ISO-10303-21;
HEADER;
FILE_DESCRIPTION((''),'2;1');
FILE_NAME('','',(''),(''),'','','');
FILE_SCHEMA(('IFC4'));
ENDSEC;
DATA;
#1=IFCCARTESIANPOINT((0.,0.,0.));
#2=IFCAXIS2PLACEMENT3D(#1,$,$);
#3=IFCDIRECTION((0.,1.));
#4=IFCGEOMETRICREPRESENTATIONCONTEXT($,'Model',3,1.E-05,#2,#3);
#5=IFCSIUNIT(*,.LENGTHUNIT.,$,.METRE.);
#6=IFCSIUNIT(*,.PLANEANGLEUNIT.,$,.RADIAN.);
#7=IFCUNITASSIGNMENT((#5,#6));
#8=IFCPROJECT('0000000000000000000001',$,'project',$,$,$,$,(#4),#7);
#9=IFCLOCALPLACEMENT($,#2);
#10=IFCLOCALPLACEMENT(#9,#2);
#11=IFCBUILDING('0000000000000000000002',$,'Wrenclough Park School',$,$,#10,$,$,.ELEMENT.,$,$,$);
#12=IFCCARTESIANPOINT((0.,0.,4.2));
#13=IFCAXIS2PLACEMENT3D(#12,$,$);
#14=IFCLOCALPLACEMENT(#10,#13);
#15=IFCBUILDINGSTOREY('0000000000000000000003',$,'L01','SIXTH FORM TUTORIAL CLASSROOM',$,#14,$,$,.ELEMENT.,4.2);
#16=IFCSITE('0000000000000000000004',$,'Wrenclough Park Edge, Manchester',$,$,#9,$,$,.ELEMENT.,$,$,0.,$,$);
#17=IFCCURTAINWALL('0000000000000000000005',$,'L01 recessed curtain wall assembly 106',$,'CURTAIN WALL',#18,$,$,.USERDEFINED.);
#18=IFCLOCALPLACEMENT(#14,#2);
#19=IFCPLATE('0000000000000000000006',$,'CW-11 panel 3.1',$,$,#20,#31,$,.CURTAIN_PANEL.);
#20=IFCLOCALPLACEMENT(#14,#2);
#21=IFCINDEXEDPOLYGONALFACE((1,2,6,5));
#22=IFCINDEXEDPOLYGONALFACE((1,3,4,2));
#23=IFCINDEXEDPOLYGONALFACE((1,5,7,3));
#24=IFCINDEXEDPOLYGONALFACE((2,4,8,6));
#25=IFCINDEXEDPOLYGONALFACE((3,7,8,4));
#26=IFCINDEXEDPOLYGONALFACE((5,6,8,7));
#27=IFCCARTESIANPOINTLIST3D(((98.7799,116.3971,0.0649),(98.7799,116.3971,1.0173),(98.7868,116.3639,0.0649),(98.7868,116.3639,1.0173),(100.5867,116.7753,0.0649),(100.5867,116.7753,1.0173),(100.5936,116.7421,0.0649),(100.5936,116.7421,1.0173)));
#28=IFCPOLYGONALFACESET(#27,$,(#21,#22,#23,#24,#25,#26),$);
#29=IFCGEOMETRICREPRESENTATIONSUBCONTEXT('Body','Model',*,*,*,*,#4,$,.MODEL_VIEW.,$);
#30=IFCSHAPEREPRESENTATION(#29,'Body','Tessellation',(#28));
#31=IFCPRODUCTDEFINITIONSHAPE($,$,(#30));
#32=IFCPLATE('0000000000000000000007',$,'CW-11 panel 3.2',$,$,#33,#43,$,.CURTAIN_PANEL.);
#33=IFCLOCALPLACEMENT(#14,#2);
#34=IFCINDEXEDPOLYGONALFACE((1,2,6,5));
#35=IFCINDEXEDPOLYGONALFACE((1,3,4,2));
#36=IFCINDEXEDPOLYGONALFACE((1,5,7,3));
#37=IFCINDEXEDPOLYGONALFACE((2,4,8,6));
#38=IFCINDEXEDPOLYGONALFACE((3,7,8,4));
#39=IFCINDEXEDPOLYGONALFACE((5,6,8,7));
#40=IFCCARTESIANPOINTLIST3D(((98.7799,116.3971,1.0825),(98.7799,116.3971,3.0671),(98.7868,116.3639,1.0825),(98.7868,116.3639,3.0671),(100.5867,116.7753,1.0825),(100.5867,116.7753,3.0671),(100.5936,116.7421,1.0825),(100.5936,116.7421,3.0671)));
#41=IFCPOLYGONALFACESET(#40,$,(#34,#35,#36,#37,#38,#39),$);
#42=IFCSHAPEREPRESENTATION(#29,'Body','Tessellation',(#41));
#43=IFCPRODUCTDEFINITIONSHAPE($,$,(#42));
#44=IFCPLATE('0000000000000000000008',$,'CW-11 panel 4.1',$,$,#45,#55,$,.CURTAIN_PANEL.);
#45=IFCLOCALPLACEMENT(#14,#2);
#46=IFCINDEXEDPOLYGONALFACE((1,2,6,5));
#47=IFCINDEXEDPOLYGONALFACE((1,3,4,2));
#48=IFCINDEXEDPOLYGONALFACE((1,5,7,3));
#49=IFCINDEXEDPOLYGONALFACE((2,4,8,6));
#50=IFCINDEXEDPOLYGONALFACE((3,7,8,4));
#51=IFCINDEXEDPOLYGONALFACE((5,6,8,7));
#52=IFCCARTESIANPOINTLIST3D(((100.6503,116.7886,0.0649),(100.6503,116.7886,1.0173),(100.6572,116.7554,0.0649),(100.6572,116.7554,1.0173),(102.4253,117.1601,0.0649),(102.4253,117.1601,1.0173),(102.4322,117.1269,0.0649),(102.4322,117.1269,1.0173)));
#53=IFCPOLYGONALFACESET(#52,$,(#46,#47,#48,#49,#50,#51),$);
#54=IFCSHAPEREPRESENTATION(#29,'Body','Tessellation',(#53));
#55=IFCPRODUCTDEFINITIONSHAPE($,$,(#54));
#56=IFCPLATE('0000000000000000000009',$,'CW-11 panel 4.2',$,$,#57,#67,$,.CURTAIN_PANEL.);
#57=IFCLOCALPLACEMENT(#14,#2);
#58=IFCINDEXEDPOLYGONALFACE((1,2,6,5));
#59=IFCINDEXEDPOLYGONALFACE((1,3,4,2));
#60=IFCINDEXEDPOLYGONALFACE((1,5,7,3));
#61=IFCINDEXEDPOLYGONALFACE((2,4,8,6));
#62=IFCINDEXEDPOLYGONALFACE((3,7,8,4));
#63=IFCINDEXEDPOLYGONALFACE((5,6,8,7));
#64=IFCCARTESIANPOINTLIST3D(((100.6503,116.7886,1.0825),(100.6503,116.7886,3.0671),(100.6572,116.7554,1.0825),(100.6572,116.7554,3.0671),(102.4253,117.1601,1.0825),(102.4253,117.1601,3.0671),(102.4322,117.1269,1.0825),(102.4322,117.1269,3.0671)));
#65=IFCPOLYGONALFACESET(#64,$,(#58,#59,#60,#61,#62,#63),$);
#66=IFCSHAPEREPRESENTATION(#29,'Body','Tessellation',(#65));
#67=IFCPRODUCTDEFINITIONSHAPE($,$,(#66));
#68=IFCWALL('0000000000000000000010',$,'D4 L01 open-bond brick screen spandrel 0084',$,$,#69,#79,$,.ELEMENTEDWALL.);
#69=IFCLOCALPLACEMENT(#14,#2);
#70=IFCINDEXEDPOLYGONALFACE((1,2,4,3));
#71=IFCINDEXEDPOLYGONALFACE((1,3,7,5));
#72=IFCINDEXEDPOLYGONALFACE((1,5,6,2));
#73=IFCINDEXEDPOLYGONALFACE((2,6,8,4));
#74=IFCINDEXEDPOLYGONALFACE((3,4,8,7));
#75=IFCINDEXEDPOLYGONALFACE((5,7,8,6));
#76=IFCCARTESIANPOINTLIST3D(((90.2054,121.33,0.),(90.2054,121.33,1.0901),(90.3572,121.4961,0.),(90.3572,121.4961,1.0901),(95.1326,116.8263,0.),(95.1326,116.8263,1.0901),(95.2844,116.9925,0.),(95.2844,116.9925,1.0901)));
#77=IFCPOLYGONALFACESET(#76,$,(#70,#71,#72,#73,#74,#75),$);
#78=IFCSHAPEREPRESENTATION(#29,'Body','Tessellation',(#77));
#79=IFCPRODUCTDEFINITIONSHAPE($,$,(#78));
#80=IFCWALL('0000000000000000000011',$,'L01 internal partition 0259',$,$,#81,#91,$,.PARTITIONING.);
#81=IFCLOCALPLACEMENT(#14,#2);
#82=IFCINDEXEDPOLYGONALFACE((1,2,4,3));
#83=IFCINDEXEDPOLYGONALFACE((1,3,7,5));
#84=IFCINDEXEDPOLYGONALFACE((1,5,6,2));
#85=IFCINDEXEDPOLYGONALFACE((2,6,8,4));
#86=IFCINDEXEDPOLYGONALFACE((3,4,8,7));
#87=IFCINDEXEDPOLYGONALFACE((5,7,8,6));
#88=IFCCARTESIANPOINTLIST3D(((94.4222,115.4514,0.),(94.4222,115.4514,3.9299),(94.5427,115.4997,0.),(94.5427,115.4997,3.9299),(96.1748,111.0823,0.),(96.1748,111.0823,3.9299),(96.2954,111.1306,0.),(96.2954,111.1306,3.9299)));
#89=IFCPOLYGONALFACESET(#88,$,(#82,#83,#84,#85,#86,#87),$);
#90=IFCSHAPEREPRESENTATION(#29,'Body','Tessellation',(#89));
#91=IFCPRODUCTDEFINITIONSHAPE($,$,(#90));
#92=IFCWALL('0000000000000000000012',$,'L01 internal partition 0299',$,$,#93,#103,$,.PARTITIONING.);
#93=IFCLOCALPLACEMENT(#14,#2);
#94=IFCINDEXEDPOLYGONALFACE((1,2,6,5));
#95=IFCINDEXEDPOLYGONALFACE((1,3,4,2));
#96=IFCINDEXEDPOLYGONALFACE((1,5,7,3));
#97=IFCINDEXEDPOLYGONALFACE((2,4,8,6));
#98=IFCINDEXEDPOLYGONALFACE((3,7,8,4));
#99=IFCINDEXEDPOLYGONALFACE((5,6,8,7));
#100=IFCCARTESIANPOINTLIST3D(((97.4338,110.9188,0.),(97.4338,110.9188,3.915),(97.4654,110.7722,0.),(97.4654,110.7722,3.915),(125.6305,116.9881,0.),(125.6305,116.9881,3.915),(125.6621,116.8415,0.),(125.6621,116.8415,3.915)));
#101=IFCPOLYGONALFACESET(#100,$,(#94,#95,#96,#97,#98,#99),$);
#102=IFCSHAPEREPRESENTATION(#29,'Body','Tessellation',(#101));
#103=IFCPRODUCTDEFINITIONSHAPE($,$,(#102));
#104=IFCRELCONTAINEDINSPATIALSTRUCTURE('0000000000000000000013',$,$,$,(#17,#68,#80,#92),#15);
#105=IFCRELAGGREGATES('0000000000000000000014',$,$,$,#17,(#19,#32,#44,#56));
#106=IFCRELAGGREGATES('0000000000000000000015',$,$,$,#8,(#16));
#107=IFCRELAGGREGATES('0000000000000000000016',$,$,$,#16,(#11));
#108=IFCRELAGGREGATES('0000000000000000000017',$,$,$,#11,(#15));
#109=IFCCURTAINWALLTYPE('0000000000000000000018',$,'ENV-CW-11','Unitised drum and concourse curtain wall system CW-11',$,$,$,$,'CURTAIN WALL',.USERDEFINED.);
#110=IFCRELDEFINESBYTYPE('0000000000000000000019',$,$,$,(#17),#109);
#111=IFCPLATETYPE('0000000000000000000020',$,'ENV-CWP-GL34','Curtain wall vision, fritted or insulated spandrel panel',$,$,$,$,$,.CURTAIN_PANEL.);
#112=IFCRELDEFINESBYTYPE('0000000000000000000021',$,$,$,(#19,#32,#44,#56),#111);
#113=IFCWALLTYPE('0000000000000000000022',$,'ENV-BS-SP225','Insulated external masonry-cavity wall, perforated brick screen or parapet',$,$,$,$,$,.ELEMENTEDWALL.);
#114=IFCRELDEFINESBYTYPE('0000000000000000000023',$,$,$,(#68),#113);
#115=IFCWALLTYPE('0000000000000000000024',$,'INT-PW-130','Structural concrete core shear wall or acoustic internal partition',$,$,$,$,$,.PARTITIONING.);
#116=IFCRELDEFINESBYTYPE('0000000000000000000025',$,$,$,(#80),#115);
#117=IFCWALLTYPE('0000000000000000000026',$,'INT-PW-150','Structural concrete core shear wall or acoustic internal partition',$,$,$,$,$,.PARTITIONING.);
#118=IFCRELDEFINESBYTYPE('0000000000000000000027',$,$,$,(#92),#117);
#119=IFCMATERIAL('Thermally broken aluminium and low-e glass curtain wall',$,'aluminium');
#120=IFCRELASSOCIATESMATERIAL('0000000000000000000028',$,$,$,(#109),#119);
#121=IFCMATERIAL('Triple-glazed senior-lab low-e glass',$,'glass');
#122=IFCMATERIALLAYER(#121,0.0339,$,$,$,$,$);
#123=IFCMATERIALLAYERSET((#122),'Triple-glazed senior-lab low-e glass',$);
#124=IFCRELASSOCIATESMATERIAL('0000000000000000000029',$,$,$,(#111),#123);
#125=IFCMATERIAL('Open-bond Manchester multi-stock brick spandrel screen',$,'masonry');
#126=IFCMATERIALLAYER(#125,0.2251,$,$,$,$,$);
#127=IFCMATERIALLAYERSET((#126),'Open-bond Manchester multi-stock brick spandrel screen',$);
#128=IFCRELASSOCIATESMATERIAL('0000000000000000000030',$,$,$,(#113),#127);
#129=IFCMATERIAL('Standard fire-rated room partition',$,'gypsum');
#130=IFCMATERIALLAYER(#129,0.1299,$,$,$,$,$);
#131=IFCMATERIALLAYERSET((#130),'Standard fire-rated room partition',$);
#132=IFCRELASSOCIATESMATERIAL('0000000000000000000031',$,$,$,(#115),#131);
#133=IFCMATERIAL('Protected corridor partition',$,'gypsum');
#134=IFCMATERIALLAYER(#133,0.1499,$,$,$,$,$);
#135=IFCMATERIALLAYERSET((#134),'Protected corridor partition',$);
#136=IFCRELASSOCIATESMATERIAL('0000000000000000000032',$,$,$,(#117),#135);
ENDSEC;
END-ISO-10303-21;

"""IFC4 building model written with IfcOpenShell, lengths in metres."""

from ifc_helpers import new_model, si_unit, direction, frame, frame_2d, origin, origin_2d, place, context, subcontext, project, spatial, rectangle, extrude, material, layer, layer_set, type_object, element, aggregate, save


model = new_model("IFC4")

# Units and contexts
model_context = context("Model", 3, precision=1e-05, world=origin(), true_north=direction((0.0, 1.0)))
body_context = subcontext(model_context, "Body", "Model", "MODEL_VIEW")
ifc_project = project(units=[si_unit("LENGTHUNIT", "METRE"), si_unit("PLANEANGLEUNIT", "RADIAN")], contexts=[model_context])

# Site, building, storey
site_placement = place(None, origin())
site = spatial("IfcSite", under=ifc_project, at=site_placement, Name="Wrenclough Park Edge, Manchester", CompositionType="ELEMENT", RefElevation=0.0)
building_placement = place(site_placement, origin())
building = spatial("IfcBuilding", under=site, at=building_placement, Name="Wrenclough Park School", CompositionType="ELEMENT")
storey_placement = place(building_placement, frame((0.0, 0.0, 4.2)))
storey = spatial("IfcBuildingStorey", under=building, at=storey_placement, Name="L01", Description="SIXTH FORM TUTORIAL CLASSROOM", CompositionType="ELEMENT", Elevation=4.2)

# Curtain wall
ifc_material_1 = material(Name="Thermally broken aluminium and low-e glass curtain wall", Category="aluminium")
curtain_wall_type = type_object("IfcCurtainWallType", Name="ENV-CW-11", Description="Unitised drum and concourse curtain wall system CW-11", ElementType="CURTAIN WALL", PredefinedType="USERDEFINED", material=ifc_material_1)
curtain_wall_placement = place(storey_placement, origin())
curtain_wall = element("IfcCurtainWall", 1, at=curtain_wall_placement, inside=storey, type_object=curtain_wall_type, Name="L01 recessed curtain wall assembly 106", ObjectType="CURTAIN WALL", PredefinedType="USERDEFINED")

# Plates
ifc_material_2 = material(Name="Triple-glazed senior-lab low-e glass", Category="glass")
ifc_layer_1 = layer(ifc_material_2, 0.0339)
ifc_layer_set_1 = layer_set([ifc_layer_1], Name="Triple-glazed senior-lab low-e glass")
plate_type = type_object("IfcPlateType", Name="ENV-CWP-GL34", Description="Curtain wall vision, fritted or insulated spandrel panel", PredefinedType="CURTAIN_PANEL", material=ifc_layer_set_1)
plate_1_placement = place(storey_placement, frame((99.6868, 116.5696, 0.0649), z_axis=(0.0, 0.0, 1.0), x_axis=(0.978789, 0.204871, 0.0)))
plate_1 = element("IfcPlate", 2, at=plate_1_placement, type_object=plate_type, Name="CW-11 panel 3.1", PredefinedType="CURTAIN_PANEL", context=body_context, shape_type="SweptSolid", body=[
    extrude(rectangle(XDim=1.8459, YDim=0.0339, at=origin_2d()), origin(), (0.0, 0.0, 1.0), 0.9524),
])
plate_2_placement = place(storey_placement, frame((99.6868, 116.5696, 1.0825), z_axis=(0.0, 0.0, 1.0), x_axis=(0.978789, 0.204871, 0.0)))
plate_2 = element("IfcPlate", 3, at=plate_2_placement, type_object=plate_type, Name="CW-11 panel 3.2", PredefinedType="CURTAIN_PANEL", context=body_context, shape_type="SweptSolid", body=[
    extrude(rectangle(XDim=1.8459, YDim=0.0339, at=origin_2d()), origin(), (0.0, 0.0, 1.0), 1.9846),
])
plate_3_placement = place(storey_placement, frame((101.5413, 116.9578, 0.0649), z_axis=(0.0, 0.0, 1.0), x_axis=(0.978789, 0.204871, 0.0)))
plate_3 = element("IfcPlate", 4, at=plate_3_placement, type_object=plate_type, Name="CW-11 panel 4.1", PredefinedType="CURTAIN_PANEL", context=body_context, shape_type="SweptSolid", body=[
    extrude(rectangle(XDim=1.8135, YDim=0.0339, at=origin_2d()), origin(), (0.0, 0.0, 1.0), 0.9524),
])
plate_4_placement = place(storey_placement, frame((101.5413, 116.9578, 1.0825), z_axis=(0.0, 0.0, 1.0), x_axis=(0.978789, 0.204871, 0.0)))
plate_4 = element("IfcPlate", 5, at=plate_4_placement, type_object=plate_type, Name="CW-11 panel 4.2", PredefinedType="CURTAIN_PANEL", context=body_context, shape_type="SweptSolid", body=[
    extrude(rectangle(XDim=1.8135, YDim=0.0339, at=origin_2d()), origin(), (0.0, 0.0, 1.0), 1.9846),
])
aggregate(curtain_wall, [plate_1, plate_2, plate_3, plate_4])

# Walls
ifc_material_3 = material(Name="Open-bond Manchester multi-stock brick spandrel screen", Category="masonry")
ifc_layer_2 = layer(ifc_material_3, 0.2251)
ifc_layer_set_2 = layer_set([ifc_layer_2], Name="Open-bond Manchester multi-stock brick spandrel screen")
wall_type_1 = type_object("IfcWallType", Name="ENV-BS-SP225", Description="Insulated external masonry-cavity wall, perforated brick screen or parapet", PredefinedType="ELEMENTEDWALL", material=ifc_layer_set_2)
wall_1_placement = place(storey_placement, frame((95.2085, 116.9094, 0.0), z_axis=(0.0, 0.0, 1.0), x_axis=(-0.738122, 0.674667, 0.0)))
element("IfcWall", 6, at=wall_1_placement, inside=storey, type_object=wall_type_1, Name="D4 L01 open-bond brick screen spandrel 0084", PredefinedType="ELEMENTEDWALL", context=body_context, shape_type="SweptSolid", body=[
    extrude(rectangle(XDim=6.6753, YDim=0.2251, at=frame_2d((3.3376, 0.0))), origin(), (0.0, 0.0, 1.0), 1.0901),
])
ifc_material_4 = material(Name="Standard fire-rated room partition", Category="gypsum")
ifc_layer_3 = layer(ifc_material_4, 0.1299)
ifc_layer_set_3 = layer_set([ifc_layer_3], Name="Standard fire-rated room partition")
wall_type_2 = type_object("IfcWallType", Name="INT-PW-130", Description="Structural concrete core shear wall or acoustic internal partition", PredefinedType="PARTITIONING", material=ifc_layer_set_3)
wall_2_placement = place(storey_placement, frame((96.2351, 111.1064, 0.0), z_axis=(0.0, 0.0, 1.0), x_axis=(-0.372311, 0.928108, 0.0)))
element("IfcWall", 7, at=wall_2_placement, inside=storey, type_object=wall_type_2, Name="L01 internal partition 0259", PredefinedType="PARTITIONING", context=body_context, shape_type="SweptSolid", body=[
    extrude(rectangle(XDim=4.7075, YDim=0.1299, at=frame_2d((2.3538, 0.0))), origin(), (0.0, 0.0, 1.0), 3.9299),
])
ifc_material_5 = material(Name="Protected corridor partition", Category="gypsum")
ifc_layer_4 = layer(ifc_material_5, 0.1499)
ifc_layer_set_4 = layer_set([ifc_layer_4], Name="Protected corridor partition")
wall_type_3 = type_object("IfcWallType", Name="INT-PW-150", Description="Structural concrete core shear wall or acoustic internal partition", PredefinedType="PARTITIONING", material=ifc_layer_set_4)
wall_3_placement = place(storey_placement, frame((97.4495, 110.8455, 0.0), z_axis=(0.0, 0.0, 1.0), x_axis=(0.977609, 0.21043, 0.0)))
element("IfcWall", 8, at=wall_3_placement, inside=storey, type_object=wall_type_3, Name="L01 internal partition 0299", PredefinedType="PARTITIONING", context=body_context, shape_type="SweptSolid", body=[
    extrude(rectangle(XDim=28.8425, YDim=0.1499, at=frame_2d((14.4214, 0.0))), origin(), (0.0, 0.0, 1.0), 3.915),
])

save(model, "model.ifc")
